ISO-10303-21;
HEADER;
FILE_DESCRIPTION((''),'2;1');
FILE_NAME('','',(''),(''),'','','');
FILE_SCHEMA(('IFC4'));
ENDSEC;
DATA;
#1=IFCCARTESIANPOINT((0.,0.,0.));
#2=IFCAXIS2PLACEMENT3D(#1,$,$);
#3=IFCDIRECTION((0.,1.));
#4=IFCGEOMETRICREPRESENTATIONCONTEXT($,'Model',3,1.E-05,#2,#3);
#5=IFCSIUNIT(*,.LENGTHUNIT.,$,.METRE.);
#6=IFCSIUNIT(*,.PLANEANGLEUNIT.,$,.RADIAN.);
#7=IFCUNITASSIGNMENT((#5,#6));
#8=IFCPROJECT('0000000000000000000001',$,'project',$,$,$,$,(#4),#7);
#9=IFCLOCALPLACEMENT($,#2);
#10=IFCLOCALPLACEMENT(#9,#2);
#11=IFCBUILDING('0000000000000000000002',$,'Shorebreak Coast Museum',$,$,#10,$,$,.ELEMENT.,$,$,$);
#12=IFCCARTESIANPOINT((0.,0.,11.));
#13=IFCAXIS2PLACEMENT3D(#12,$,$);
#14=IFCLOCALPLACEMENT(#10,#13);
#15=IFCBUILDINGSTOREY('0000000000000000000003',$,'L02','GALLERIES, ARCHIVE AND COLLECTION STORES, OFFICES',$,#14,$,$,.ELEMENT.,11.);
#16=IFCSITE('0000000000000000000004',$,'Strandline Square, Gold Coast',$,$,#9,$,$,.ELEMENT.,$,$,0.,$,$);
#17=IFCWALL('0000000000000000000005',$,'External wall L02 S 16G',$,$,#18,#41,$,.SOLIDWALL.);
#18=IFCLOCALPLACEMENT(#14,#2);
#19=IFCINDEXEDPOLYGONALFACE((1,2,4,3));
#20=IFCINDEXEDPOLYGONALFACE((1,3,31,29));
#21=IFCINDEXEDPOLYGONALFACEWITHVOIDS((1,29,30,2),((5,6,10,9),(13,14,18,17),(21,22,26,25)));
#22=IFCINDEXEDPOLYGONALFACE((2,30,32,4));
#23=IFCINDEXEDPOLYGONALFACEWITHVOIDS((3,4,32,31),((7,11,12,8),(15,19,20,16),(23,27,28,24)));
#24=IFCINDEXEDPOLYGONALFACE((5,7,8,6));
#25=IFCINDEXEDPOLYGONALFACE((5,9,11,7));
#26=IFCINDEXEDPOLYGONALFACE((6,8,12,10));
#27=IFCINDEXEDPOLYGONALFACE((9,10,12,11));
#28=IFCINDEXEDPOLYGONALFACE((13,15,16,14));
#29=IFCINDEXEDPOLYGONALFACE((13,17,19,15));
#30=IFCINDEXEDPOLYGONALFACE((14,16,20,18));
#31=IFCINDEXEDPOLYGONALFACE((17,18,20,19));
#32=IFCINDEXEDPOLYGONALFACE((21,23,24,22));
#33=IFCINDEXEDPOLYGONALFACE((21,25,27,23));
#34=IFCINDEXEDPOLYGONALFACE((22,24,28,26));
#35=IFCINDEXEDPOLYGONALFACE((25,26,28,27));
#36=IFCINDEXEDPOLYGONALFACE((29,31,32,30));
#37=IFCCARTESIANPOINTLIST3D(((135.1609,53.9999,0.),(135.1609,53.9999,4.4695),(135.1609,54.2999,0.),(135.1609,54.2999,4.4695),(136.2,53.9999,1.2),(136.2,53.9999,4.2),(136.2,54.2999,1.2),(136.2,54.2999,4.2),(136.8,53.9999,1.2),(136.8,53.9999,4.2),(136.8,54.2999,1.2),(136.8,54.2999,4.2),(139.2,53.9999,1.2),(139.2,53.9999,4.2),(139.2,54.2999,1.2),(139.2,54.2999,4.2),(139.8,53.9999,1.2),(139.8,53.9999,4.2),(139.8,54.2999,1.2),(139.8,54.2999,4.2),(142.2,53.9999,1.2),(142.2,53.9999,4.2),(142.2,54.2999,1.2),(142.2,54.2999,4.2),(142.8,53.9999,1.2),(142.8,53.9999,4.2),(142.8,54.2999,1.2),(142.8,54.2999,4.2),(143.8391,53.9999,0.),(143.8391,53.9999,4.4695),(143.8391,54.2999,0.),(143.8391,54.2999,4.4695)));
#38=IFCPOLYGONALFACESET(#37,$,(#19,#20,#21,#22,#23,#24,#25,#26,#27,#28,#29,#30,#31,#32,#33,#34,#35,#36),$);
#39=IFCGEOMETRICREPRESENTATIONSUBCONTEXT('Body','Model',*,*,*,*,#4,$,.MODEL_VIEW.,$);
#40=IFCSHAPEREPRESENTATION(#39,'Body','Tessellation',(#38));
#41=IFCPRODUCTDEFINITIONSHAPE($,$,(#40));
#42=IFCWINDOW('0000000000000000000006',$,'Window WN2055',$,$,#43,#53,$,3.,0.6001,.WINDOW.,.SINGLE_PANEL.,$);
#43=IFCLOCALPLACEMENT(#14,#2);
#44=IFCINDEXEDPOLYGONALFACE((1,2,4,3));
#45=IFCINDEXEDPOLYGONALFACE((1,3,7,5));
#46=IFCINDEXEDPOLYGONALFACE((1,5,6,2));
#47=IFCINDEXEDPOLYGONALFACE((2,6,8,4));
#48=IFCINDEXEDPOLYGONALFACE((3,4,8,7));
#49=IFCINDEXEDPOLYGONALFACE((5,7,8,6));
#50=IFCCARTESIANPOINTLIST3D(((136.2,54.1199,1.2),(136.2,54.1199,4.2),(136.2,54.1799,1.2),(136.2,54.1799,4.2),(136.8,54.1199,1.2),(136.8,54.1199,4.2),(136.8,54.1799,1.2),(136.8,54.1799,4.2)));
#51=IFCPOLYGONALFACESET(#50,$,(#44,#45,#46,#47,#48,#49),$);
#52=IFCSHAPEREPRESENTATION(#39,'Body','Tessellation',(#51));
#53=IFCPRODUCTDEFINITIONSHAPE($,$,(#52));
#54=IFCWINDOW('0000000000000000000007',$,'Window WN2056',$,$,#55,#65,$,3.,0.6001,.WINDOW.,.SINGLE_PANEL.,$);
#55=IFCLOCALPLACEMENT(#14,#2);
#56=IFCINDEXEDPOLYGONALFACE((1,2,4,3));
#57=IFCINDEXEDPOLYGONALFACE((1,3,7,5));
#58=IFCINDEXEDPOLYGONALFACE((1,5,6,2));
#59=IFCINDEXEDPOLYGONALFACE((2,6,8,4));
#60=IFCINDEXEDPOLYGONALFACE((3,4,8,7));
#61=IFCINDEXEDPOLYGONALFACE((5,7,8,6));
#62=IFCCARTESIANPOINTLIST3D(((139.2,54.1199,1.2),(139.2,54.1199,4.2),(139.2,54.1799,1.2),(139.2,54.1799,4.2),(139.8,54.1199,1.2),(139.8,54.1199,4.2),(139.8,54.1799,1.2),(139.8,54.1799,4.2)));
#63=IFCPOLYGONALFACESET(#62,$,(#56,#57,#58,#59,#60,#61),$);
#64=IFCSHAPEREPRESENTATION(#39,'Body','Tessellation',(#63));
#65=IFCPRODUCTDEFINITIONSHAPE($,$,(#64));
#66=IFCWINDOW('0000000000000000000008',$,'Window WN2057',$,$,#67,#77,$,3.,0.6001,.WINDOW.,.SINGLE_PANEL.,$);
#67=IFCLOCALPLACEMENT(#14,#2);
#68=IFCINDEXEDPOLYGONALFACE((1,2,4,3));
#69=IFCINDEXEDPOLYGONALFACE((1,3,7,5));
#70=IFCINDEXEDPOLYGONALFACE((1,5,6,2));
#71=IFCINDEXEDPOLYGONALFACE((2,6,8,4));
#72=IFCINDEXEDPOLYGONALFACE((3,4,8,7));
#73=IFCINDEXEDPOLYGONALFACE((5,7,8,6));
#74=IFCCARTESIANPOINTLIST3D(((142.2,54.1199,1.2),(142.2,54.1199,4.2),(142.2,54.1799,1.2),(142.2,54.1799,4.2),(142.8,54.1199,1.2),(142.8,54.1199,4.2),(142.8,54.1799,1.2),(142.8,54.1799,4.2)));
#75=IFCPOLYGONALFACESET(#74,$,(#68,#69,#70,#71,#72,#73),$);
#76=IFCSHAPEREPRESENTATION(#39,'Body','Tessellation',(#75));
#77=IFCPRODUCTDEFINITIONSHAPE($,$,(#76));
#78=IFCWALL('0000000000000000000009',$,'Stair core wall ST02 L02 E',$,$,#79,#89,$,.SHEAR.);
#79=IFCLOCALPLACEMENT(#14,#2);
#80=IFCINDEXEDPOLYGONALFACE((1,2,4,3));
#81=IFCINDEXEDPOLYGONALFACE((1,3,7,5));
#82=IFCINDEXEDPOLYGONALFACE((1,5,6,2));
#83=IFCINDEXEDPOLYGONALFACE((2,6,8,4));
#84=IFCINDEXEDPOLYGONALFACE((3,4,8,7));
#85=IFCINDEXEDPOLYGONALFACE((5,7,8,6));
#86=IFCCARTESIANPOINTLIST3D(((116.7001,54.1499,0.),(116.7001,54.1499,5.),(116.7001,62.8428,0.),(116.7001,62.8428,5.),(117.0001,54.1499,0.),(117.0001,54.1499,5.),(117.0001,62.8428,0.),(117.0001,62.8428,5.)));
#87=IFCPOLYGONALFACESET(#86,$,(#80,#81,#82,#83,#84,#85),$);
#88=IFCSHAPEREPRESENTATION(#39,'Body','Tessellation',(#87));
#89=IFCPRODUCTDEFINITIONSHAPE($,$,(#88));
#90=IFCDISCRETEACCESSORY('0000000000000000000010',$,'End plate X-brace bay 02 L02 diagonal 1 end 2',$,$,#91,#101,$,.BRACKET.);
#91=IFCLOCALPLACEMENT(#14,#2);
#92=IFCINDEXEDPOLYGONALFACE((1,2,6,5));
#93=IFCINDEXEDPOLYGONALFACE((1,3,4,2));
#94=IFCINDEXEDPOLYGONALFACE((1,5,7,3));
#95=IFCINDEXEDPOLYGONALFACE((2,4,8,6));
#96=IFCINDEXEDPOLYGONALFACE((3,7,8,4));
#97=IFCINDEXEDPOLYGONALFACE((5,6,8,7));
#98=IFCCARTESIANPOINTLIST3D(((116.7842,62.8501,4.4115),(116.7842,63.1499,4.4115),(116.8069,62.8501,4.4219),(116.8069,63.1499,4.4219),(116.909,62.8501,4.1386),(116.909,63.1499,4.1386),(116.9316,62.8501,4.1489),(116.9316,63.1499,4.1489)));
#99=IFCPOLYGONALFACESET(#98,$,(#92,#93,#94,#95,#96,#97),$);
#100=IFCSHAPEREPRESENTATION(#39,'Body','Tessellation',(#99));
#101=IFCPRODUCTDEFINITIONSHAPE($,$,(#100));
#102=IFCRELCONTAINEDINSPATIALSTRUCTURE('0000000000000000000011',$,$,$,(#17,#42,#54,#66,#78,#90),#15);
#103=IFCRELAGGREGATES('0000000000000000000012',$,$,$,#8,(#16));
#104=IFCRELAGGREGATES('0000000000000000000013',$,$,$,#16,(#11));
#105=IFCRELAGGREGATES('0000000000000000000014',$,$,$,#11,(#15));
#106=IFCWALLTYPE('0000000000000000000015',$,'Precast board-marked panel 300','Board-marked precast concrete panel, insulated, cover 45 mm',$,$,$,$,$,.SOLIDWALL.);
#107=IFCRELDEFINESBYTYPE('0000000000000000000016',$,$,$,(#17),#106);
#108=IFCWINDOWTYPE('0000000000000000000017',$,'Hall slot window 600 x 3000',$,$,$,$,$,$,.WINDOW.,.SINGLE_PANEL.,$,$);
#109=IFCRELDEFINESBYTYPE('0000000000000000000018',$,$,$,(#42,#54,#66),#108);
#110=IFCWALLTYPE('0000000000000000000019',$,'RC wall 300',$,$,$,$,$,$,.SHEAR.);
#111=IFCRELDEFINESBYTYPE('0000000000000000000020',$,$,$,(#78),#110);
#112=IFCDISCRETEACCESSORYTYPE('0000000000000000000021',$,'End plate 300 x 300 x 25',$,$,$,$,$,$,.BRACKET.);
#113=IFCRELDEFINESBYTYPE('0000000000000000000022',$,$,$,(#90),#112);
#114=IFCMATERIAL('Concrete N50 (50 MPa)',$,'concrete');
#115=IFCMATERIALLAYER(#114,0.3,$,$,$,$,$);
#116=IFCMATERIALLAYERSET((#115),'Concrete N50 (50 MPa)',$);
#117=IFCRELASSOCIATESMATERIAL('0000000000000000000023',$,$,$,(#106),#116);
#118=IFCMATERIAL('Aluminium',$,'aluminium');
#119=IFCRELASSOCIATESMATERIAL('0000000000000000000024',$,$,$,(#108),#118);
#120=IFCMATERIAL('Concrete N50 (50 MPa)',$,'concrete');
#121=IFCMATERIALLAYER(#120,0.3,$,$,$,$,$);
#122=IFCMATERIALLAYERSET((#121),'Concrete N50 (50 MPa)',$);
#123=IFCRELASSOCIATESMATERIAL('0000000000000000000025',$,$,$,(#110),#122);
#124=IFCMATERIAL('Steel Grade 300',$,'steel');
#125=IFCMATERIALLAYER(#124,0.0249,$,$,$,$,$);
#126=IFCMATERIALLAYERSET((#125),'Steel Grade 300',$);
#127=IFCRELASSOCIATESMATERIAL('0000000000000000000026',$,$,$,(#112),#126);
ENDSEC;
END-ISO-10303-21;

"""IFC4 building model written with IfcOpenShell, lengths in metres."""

from ifc_helpers import new_model, si_unit, direction, frame, frame_2d, origin, place, context, subcontext, project, spatial, polyline, rectangle, outline, extrude, material, layer, layer_set, type_object, element, fill, save


model = new_model("IFC4")

# Units and contexts
model_context = context("Model", 3, precision=1e-05, world=origin(), true_north=direction((0.0, 1.0)))
body_context = subcontext(model_context, "Body", "Model", "MODEL_VIEW")
ifc_project = project(units=[si_unit("LENGTHUNIT", "METRE"), si_unit("PLANEANGLEUNIT", "RADIAN")], contexts=[model_context])

# Site, building, storey
site_placement = place(None, origin())
site = spatial("IfcSite", under=ifc_project, at=site_placement, Name="Strandline Square, Gold Coast", CompositionType="ELEMENT", RefElevation=0.0)
building_placement = place(site_placement, origin())
building = spatial("IfcBuilding", under=site, at=building_placement, Name="Shorebreak Coast Museum", CompositionType="ELEMENT")
storey_placement = place(building_placement, frame((0.0, 0.0, 11.0)))
storey = spatial("IfcBuildingStorey", under=building, at=storey_placement, Name="L02", Description="GALLERIES, ARCHIVE AND COLLECTION STORES, OFFICES", CompositionType="ELEMENT", Elevation=11.0)

# Wall, openings, windows
ifc_material_1 = material(Name="Concrete N50 (50 MPa)", Category="concrete")
ifc_layer_1 = layer(ifc_material_1, 0.3)
ifc_layer_set_1 = layer_set([ifc_layer_1], Name="Concrete N50 (50 MPa)")
wall_type_1 = type_object("IfcWallType", Name="Precast board-marked panel 300", Description="Board-marked precast concrete panel, insulated, cover 45 mm", PredefinedType="SOLIDWALL", material=ifc_layer_set_1)
ifc_material_2 = material(Name="Aluminium", Category="aluminium")
window_type = type_object("IfcWindowType", Name="Hall slot window 600 x 3000", PartitioningType="SINGLE_PANEL", PredefinedType="WINDOW", material=ifc_material_2)
wall_1_placement = place(storey_placement, frame((135.1609, 54.1499, 0.0), z_axis=(0.0, 0.0, 1.0), x_axis=(1.0, 0.0, 0.0)))
wall_1 = element("IfcWall", 1, at=wall_1_placement, inside=storey, type_object=wall_type_1, Name="External wall L02 S 16G", PredefinedType="SOLIDWALL", context=body_context, shape_type="SweptSolid", body=[
    extrude(rectangle(XDim=8.6782, YDim=0.3, at=frame_2d((4.3391, 0.0))), origin(), (0.0, 0.0, 1.0), 4.4695),
])
opening_1_placement = place(wall_1_placement, frame((1.0391, 0.0, 1.2)))
opening_1 = element("IfcOpeningElement", 2, at=opening_1_placement, cuts=wall_1, PredefinedType="OPENING", context=body_context, shape_type="SweptSolid", body=[
    extrude(rectangle(XDim=0.6001, YDim=3.0, at=frame_2d((0.3, 1.5))), frame((0.0, 0.1599, 0.0), z_axis=(0.0, -1.0, 0.0), x_axis=(1.0, 0.0, 0.0)), (0.0, 0.0, 1.0), 0.3201),
])
opening_2_placement = place(wall_1_placement, frame((4.0391, 0.0, 1.2)))
opening_2 = element("IfcOpeningElement", 3, at=opening_2_placement, cuts=wall_1, PredefinedType="OPENING", context=body_context, shape_type="SweptSolid", body=[
    extrude(rectangle(XDim=0.6001, YDim=3.0, at=frame_2d((0.3, 1.5))), frame((0.0, 0.1599, 0.0), z_axis=(0.0, -1.0, 0.0), x_axis=(1.0, 0.0, 0.0)), (0.0, 0.0, 1.0), 0.3201),
])
opening_3_placement = place(wall_1_placement, frame((7.0391, 0.0, 1.2)))
opening_3 = element("IfcOpeningElement", 4, at=opening_3_placement, cuts=wall_1, PredefinedType="OPENING", context=body_context, shape_type="SweptSolid", body=[
    extrude(rectangle(XDim=0.6001, YDim=3.0, at=frame_2d((0.3, 1.5))), frame((0.0, 0.1599, 0.0), z_axis=(0.0, -1.0, 0.0), x_axis=(1.0, 0.0, 0.0)), (0.0, 0.0, 1.0), 0.3201),
])
window_1_placement = place(opening_1_placement, origin())
window_1 = element("IfcWindow", 5, at=window_1_placement, inside=storey, type_object=window_type, Name="Window WN2055", OverallHeight=3.0, OverallWidth=0.6001, PartitioningType="SINGLE_PANEL", PredefinedType="WINDOW", context=body_context, shape_type="SweptSolid", body=[
    extrude(rectangle(XDim=0.6001, YDim=3.0, at=frame_2d((0.3, 1.5))), frame((0.0, 0.03, 0.0), z_axis=(0.0, -1.0, 0.0), x_axis=(1.0, 0.0, 0.0)), (0.0, 0.0, 1.0), 0.0601),
])
fill(opening_1, window_1)
window_2_placement = place(opening_2_placement, origin())
window_2 = element("IfcWindow", 6, at=window_2_placement, inside=storey, type_object=window_type, Name="Window WN2056", OverallHeight=3.0, OverallWidth=0.6001, PartitioningType="SINGLE_PANEL", PredefinedType="WINDOW", context=body_context, shape_type="SweptSolid", body=[
    extrude(rectangle(XDim=0.6001, YDim=3.0, at=frame_2d((0.3, 1.5))), frame((0.0, 0.03, 0.0), z_axis=(0.0, -1.0, 0.0), x_axis=(1.0, 0.0, 0.0)), (0.0, 0.0, 1.0), 0.0601),
])
fill(opening_2, window_2)
window_3_placement = place(opening_3_placement, origin())
window_3 = element("IfcWindow", 7, at=window_3_placement, inside=storey, type_object=window_type, Name="Window WN2057", OverallHeight=3.0, OverallWidth=0.6001, PartitioningType="SINGLE_PANEL", PredefinedType="WINDOW", context=body_context, shape_type="SweptSolid", body=[
    extrude(rectangle(XDim=0.6001, YDim=3.0, at=frame_2d((0.3, 1.5))), frame((0.0, 0.03, 0.0), z_axis=(0.0, -1.0, 0.0), x_axis=(1.0, 0.0, 0.0)), (0.0, 0.0, 1.0), 0.0601),
])
fill(opening_3, window_3)

# Wall
ifc_material_3 = material(Name="Concrete N50 (50 MPa)", Category="concrete")
ifc_layer_2 = layer(ifc_material_3, 0.3)
ifc_layer_set_2 = layer_set([ifc_layer_2], Name="Concrete N50 (50 MPa)")
wall_type_2 = type_object("IfcWallType", Name="RC wall 300", PredefinedType="SHEAR", material=ifc_layer_set_2)
wall_2_placement = place(storey_placement, frame((116.8501, 54.1499, 0.0), z_axis=(0.0, 0.0, 1.0), x_axis=(0.0, 1.0, 0.0)))
element("IfcWall", 8, at=wall_2_placement, inside=storey, type_object=wall_type_2, Name="Stair core wall ST02 L02 E", PredefinedType="SHEAR", context=body_context, shape_type="SweptSolid", body=[
    extrude(rectangle(XDim=8.6929, YDim=0.3, at=frame_2d((4.3464, 0.0))), origin(), (0.0, 0.0, 1.0), 5.0),
])

# Discrete accessory
ifc_material_4 = material(Name="Steel Grade 300", Category="steel")
ifc_layer_3 = layer(ifc_material_4, 0.0249)
ifc_layer_set_3 = layer_set([ifc_layer_3], Name="Steel Grade 300")
discrete_accessory_type = type_object("IfcDiscreteAccessoryType", Name="End plate 300 x 300 x 25", PredefinedType="BRACKET", material=ifc_layer_set_3)
discrete_accessory_placement = place(storey_placement, frame((116.9316, 62.8501, 4.1489), z_axis=(0.909501, 0.0, 0.415702), x_axis=(0.0, 1.0, 0.0)))
element("IfcDiscreteAccessory", 9, at=discrete_accessory_placement, inside=storey, type_object=discrete_accessory_type, Name="End plate X-brace bay 02 L02 diagonal 1 end 2", PredefinedType="BRACKET", context=body_context, shape_type="SweptSolid", body=[
    extrude(outline(polyline([(0.0, 0.0), (0.2998, 0.0), (0.2998, 0.3001), (0.0, 0.3001), (0.0, 0.0)])), origin(), (0.0, 0.0, -1.0), 0.0249),
])

save(model, "model.ifc")
